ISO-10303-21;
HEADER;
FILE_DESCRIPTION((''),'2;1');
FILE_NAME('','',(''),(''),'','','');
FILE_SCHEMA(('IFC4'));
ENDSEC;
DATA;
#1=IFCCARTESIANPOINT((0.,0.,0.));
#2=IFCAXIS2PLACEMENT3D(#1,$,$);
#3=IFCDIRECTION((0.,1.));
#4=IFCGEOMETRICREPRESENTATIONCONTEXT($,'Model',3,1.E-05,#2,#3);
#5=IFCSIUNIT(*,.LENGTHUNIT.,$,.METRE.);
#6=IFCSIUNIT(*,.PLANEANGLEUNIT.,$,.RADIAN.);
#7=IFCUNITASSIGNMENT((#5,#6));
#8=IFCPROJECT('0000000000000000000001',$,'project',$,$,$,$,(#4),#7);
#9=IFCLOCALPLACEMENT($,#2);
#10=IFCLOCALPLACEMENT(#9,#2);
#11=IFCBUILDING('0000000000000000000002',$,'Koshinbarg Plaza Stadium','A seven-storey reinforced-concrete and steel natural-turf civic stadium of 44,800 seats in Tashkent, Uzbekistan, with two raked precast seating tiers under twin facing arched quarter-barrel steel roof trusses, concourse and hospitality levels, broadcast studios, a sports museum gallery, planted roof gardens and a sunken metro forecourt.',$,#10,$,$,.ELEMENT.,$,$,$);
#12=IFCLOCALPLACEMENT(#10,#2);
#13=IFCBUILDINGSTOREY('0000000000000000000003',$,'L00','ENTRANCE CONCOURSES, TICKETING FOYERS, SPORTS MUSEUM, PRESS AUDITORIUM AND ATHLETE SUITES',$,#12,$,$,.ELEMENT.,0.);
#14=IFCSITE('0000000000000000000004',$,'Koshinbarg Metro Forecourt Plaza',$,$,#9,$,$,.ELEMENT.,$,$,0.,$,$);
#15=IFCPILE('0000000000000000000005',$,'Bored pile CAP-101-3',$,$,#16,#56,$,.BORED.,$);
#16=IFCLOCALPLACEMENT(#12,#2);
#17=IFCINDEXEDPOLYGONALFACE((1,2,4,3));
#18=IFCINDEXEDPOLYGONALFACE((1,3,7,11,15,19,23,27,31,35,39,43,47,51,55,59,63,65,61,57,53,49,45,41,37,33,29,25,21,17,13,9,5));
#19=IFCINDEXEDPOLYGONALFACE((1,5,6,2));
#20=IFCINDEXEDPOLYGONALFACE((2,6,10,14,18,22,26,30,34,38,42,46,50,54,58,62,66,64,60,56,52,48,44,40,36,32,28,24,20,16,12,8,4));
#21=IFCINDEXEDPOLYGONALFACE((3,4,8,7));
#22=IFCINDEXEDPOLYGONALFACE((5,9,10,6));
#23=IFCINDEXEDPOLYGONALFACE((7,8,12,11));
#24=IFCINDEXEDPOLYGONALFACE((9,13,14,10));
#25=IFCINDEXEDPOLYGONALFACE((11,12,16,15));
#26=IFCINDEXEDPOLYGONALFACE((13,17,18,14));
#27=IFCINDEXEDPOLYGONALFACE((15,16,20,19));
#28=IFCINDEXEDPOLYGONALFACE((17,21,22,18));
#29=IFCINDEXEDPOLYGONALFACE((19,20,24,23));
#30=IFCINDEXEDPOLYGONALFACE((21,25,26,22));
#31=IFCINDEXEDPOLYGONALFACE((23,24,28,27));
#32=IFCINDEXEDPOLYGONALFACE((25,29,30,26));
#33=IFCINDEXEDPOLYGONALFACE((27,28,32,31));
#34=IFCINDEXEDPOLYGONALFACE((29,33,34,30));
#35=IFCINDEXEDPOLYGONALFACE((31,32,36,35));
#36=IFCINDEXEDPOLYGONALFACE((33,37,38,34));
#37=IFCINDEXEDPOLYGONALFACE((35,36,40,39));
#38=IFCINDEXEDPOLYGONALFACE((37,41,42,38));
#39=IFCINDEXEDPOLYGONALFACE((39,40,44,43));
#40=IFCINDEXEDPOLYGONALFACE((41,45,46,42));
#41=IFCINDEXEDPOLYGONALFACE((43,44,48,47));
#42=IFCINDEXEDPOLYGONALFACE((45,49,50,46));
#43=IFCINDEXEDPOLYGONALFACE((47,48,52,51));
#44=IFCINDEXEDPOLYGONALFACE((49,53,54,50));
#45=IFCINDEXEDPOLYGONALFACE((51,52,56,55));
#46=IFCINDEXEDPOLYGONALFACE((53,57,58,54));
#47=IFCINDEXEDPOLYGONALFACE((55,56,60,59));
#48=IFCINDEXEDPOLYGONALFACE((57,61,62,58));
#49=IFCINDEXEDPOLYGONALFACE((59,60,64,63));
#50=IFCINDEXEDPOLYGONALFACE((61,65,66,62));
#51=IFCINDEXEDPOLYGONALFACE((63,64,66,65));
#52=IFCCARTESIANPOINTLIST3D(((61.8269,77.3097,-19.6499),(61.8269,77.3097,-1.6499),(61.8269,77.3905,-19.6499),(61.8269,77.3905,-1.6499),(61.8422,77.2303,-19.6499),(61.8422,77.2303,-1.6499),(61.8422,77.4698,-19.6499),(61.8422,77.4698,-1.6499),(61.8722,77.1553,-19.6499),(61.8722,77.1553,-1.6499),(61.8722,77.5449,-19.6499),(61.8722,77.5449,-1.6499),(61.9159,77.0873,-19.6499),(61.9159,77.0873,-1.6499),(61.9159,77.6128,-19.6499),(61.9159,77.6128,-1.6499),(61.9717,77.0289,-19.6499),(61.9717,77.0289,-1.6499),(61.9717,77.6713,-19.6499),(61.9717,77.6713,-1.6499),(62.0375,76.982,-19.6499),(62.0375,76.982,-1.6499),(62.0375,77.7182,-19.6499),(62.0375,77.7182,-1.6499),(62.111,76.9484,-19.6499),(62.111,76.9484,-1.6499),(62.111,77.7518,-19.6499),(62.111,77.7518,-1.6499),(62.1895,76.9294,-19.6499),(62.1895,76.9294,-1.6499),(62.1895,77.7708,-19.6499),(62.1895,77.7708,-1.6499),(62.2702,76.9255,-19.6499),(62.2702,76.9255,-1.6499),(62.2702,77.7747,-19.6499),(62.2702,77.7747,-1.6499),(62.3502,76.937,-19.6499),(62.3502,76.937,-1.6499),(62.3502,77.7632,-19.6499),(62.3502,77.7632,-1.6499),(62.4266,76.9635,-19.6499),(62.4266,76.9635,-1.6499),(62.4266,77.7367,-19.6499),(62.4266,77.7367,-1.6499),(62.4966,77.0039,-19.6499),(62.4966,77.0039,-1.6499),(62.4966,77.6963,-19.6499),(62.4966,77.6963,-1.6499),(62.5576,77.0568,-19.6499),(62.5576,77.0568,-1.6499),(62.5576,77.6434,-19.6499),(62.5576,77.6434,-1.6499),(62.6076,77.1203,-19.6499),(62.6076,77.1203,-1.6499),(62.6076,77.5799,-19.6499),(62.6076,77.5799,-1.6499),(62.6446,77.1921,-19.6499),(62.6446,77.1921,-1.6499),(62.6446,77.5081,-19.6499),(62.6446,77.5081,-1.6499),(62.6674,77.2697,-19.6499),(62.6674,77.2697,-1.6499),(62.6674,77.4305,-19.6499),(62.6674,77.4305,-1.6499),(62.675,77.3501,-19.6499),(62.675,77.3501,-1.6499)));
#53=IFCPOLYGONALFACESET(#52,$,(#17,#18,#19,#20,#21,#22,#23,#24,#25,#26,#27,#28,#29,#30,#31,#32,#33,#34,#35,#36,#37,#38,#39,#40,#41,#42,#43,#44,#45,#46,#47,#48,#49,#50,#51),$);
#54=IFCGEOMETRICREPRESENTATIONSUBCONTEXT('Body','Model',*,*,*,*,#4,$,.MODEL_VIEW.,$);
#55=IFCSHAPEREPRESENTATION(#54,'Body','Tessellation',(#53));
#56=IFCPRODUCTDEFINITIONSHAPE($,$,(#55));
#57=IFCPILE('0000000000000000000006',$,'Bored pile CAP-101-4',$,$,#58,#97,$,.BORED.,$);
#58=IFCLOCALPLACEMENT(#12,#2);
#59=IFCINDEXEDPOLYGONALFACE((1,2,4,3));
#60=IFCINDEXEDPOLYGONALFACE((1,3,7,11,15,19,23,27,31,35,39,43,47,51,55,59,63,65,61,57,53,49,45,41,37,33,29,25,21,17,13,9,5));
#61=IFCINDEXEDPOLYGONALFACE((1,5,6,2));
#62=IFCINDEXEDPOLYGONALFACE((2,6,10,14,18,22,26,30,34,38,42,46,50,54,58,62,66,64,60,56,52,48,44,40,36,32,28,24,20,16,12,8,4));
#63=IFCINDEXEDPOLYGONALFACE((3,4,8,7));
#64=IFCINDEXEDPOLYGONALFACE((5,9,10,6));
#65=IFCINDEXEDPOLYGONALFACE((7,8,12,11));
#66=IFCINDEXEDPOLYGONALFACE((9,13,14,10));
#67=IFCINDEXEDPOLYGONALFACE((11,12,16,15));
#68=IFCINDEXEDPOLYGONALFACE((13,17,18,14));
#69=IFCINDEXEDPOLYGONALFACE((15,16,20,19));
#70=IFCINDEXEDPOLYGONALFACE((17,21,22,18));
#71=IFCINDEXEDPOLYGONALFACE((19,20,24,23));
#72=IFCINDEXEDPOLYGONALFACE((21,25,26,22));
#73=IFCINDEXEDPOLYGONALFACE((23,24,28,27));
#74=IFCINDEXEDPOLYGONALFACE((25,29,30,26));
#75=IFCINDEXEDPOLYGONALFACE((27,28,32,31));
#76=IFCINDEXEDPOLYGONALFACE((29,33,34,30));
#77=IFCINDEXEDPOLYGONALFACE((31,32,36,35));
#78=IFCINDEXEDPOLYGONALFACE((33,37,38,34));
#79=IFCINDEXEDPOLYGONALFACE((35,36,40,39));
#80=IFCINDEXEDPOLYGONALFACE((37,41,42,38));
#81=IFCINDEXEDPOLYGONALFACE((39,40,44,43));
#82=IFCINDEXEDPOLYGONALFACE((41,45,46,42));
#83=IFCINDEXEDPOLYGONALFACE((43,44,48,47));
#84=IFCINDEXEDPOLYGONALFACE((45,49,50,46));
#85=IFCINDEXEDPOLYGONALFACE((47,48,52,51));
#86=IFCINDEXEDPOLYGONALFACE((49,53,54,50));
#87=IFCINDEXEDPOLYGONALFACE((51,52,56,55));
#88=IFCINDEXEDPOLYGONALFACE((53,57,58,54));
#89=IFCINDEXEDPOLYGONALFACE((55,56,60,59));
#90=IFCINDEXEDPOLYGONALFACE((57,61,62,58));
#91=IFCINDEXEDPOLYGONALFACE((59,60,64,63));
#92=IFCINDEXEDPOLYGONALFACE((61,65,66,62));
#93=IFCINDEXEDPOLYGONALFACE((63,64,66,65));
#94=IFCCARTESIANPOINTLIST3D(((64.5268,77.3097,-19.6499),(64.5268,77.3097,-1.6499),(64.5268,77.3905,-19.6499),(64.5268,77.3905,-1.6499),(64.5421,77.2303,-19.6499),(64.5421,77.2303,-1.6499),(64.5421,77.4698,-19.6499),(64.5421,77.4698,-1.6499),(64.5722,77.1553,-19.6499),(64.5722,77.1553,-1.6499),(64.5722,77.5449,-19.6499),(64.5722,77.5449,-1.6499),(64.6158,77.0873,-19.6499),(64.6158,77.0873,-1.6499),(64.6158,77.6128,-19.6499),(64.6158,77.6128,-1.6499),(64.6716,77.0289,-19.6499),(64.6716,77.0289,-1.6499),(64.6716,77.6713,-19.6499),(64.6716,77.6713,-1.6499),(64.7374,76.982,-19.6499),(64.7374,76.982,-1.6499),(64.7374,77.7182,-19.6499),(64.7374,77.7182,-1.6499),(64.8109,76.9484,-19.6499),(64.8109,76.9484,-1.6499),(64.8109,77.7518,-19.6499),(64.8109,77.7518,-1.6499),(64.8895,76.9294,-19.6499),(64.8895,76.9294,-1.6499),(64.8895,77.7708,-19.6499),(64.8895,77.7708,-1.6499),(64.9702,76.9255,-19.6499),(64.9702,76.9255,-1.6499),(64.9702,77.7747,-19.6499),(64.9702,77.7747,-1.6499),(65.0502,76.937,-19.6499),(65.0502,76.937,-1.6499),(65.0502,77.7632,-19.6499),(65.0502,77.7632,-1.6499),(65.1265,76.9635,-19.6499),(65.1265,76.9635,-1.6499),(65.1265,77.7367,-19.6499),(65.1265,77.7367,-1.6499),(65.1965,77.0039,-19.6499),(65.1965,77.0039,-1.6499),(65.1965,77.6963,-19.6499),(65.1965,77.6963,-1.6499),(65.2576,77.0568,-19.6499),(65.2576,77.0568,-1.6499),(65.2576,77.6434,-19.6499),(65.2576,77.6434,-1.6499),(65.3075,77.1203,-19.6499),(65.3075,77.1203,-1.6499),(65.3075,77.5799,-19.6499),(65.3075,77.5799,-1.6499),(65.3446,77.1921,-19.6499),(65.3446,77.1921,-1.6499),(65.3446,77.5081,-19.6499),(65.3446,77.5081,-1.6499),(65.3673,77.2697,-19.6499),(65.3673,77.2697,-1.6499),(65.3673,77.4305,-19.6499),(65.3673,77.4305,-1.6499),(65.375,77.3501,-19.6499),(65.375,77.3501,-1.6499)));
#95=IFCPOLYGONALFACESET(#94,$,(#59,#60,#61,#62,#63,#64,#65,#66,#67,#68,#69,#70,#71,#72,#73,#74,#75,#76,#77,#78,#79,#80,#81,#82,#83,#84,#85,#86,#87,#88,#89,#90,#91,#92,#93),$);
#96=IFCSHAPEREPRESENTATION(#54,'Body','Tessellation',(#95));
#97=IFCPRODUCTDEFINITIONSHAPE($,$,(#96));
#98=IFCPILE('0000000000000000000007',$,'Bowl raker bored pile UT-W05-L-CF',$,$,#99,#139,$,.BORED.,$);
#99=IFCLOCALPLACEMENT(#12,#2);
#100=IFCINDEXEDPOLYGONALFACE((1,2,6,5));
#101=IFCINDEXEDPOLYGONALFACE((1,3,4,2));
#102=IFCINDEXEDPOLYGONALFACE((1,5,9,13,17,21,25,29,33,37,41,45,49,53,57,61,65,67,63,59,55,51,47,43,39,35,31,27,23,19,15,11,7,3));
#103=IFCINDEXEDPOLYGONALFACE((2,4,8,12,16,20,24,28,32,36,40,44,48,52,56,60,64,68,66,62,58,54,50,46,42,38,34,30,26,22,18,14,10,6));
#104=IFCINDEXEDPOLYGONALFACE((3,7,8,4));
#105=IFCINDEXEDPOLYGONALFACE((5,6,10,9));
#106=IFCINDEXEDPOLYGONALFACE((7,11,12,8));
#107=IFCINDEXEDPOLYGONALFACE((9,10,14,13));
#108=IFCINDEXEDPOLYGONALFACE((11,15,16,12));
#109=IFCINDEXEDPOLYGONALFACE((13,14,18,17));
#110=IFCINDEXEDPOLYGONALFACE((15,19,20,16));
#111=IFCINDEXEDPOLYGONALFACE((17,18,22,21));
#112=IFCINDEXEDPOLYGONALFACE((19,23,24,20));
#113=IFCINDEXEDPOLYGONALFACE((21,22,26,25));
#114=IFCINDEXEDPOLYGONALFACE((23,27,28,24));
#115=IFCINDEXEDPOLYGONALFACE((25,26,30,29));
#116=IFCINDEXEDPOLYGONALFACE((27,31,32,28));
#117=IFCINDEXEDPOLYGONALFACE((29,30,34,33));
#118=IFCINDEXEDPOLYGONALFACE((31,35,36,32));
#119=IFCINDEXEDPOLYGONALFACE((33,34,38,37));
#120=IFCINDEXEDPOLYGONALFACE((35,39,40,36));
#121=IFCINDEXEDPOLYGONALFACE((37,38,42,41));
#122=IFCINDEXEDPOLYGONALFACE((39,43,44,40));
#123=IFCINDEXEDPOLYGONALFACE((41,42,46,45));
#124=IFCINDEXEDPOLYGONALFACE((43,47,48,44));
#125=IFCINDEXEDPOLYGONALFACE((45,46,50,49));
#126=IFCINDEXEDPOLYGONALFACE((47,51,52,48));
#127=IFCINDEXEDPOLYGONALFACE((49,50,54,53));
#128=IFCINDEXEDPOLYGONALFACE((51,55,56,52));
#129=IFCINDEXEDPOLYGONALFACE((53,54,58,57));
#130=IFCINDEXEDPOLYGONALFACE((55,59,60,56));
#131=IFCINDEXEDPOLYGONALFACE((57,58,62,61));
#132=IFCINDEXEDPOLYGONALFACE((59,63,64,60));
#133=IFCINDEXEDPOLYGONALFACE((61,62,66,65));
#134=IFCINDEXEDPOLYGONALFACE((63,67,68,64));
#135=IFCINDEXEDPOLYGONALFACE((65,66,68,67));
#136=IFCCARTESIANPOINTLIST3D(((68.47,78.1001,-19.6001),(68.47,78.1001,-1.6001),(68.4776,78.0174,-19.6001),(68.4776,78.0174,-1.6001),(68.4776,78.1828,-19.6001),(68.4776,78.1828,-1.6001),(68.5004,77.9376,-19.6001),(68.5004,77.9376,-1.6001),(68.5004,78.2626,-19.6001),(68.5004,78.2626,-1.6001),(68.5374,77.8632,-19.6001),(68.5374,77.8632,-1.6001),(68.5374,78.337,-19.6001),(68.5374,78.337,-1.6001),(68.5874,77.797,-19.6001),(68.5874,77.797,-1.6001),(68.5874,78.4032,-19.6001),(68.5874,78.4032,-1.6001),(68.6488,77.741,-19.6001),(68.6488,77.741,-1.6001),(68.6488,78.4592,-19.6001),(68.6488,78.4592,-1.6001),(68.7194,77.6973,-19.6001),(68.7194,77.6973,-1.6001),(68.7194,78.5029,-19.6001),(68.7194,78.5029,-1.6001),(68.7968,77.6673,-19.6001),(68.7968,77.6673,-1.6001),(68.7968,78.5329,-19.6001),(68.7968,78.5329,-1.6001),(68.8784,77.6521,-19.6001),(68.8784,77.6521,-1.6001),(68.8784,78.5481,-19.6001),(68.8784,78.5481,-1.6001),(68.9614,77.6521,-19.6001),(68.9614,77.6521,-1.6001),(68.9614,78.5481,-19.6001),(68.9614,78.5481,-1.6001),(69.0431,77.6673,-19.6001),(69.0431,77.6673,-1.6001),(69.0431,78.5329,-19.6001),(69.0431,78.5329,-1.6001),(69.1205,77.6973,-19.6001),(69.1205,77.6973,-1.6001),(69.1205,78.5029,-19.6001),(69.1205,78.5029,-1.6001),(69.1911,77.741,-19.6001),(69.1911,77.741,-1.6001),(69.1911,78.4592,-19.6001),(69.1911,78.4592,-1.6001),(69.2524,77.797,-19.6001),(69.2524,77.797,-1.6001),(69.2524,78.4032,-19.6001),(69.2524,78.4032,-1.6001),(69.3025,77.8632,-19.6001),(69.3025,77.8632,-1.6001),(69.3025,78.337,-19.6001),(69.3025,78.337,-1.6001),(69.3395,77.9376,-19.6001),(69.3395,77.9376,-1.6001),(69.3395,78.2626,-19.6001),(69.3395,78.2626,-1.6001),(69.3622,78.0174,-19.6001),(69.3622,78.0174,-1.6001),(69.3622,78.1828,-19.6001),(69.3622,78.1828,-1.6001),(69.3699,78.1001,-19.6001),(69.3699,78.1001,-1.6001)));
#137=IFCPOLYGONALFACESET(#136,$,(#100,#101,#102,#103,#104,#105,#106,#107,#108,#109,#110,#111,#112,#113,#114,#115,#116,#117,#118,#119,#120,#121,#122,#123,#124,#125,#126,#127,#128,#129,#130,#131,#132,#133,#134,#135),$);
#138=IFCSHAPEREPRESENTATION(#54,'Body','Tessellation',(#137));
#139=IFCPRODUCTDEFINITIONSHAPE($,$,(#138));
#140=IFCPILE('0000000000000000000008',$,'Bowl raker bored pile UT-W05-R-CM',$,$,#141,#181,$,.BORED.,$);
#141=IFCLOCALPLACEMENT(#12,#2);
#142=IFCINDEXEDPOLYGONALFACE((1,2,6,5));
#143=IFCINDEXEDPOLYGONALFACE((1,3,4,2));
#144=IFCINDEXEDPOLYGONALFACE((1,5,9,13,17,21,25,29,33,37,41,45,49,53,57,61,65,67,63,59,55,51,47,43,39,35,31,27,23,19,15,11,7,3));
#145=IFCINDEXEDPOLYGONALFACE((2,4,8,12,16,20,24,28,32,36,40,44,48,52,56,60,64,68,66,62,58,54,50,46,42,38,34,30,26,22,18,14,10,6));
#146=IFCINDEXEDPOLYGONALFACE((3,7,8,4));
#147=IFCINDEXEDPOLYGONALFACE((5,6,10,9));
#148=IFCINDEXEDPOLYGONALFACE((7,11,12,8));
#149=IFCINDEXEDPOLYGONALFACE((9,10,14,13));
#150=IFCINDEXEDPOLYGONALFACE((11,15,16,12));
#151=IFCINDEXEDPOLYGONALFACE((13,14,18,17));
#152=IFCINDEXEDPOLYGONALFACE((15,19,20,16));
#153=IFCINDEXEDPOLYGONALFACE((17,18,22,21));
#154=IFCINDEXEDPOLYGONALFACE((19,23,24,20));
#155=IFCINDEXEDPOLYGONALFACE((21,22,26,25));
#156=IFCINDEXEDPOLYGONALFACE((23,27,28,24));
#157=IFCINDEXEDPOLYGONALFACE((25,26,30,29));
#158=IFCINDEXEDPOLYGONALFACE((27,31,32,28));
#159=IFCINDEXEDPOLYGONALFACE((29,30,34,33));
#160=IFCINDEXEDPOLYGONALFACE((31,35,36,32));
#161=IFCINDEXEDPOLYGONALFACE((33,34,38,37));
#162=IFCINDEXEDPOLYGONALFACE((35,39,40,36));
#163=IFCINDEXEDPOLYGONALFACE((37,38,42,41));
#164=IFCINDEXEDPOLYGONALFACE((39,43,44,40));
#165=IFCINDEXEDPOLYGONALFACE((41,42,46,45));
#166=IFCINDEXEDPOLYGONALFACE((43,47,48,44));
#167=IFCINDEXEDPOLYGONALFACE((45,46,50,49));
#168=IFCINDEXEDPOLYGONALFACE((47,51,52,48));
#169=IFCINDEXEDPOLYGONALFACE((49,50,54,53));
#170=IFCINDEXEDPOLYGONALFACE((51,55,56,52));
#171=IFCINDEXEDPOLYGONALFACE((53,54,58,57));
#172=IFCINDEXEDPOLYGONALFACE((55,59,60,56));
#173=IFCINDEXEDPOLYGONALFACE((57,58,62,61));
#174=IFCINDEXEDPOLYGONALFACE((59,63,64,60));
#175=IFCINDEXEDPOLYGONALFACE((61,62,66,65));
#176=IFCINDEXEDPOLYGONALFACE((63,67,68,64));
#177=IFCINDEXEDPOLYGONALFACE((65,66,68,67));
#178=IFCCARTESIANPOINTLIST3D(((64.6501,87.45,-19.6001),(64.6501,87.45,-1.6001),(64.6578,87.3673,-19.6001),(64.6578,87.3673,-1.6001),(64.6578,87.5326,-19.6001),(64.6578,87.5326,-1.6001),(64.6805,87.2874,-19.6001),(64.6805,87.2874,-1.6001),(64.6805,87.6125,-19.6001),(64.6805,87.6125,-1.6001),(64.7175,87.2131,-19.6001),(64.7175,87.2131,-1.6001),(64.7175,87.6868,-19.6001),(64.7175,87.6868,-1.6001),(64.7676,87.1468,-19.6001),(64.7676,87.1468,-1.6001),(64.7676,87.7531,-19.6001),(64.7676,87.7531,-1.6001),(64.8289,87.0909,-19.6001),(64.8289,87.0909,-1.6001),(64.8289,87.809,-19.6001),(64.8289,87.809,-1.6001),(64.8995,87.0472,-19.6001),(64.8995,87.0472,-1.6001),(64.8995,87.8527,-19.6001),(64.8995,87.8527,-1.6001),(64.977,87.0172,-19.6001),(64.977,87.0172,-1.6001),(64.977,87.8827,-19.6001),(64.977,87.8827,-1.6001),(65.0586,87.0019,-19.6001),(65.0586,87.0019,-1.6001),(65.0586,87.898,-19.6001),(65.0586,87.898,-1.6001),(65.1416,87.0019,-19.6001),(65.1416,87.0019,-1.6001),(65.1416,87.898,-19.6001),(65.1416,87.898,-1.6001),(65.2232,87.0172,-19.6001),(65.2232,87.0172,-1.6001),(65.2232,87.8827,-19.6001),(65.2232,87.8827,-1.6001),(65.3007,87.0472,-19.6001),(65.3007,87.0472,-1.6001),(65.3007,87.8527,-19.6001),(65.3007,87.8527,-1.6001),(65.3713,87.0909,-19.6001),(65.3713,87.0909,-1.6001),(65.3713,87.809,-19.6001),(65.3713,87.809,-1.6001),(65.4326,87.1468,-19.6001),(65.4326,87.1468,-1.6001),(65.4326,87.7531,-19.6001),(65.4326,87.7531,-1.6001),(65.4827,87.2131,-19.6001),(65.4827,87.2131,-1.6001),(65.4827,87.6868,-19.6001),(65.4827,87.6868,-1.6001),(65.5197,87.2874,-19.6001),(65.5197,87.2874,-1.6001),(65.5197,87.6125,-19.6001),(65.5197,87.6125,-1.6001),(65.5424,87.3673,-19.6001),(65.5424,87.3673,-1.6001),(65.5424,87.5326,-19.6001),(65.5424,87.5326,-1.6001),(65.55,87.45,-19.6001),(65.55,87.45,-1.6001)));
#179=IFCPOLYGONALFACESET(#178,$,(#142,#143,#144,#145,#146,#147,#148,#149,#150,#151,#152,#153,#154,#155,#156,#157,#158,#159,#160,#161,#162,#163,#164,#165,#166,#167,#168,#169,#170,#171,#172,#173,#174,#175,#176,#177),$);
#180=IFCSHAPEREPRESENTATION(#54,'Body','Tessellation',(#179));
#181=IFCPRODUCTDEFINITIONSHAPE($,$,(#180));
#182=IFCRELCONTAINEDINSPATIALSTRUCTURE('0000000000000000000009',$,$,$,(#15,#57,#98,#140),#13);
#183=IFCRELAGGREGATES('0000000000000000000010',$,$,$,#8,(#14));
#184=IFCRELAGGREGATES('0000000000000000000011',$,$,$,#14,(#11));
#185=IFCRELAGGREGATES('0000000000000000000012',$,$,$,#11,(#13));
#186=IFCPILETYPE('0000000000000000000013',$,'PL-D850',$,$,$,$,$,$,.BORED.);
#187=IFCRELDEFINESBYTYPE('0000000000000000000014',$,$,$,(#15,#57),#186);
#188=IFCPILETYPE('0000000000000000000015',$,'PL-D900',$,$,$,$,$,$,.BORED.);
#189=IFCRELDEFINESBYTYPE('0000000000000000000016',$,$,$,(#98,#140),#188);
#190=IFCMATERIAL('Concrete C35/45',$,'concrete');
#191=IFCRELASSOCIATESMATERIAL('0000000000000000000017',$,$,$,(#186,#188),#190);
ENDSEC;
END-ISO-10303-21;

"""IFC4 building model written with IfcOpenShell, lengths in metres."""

from ifc_helpers import new_model, si_unit, direction, frame, origin, origin_2d, place, context, subcontext, project, spatial, circle, extrude, material, material_profile, profile_set, type_object, element, save


model = new_model("IFC4")

# Units and contexts
model_context = context("Model", 3, precision=1e-05, world=origin(), true_north=direction((0.0, 1.0)))
body_context = subcontext(model_context, "Body", "Model", "MODEL_VIEW")
ifc_project = project(units=[si_unit("LENGTHUNIT", "METRE"), si_unit("PLANEANGLEUNIT", "RADIAN")], contexts=[model_context])

# Site, building, storey
site_placement = place(None, origin())
site = spatial("IfcSite", under=ifc_project, at=site_placement, Name="Koshinbarg Metro Forecourt Plaza", CompositionType="ELEMENT", RefElevation=0.0)
building_placement = place(site_placement, origin())
building = spatial("IfcBuilding", under=site, at=building_placement, Name="Koshinbarg Plaza Stadium", Description="A seven-storey reinforced-concrete and steel natural-turf civic stadium of 44,800 seats in Tashkent, Uzbekistan, with two raked precast seating tiers under twin facing arched quarter-barrel steel roof trusses, concourse and hospitality levels, broadcast studios, a sports museum gallery, planted roof gardens and a sunken metro forecourt.", CompositionType="ELEMENT")
storey_placement = place(building_placement, origin())
storey = spatial("IfcBuildingStorey", under=building, at=storey_placement, Name="L00", Description="ENTRANCE CONCOURSES, TICKETING FOYERS, SPORTS MUSEUM, PRESS AUDITORIUM AND ATHLETE SUITES", CompositionType="ELEMENT", Elevation=0.0)

# Shared definitions
ifc_material_1 = material(Name="Concrete C35/45", Category="concrete")

# Piles
ifc_material_profile_1 = material_profile(ifc_material_1, circle(Radius=0.425, at=origin_2d()), Name="PILE D850")
ifc_profile_set_1 = profile_set([ifc_material_profile_1], Name="Concrete C35/45")
pile_type_1 = type_object("IfcPileType", Name="PL-D850", PredefinedType="BORED", material=ifc_profile_set_1)
for number, where, z_axis, x_axis, name in (
    (1, (62.25, 77.3501, -1.6499), (0.0, 0.0, -1.0), (1.0, 0.0, 0.0), "Bored pile CAP-101-3"),
    (2, (64.95, 77.3501, -1.6499), (0.0, 0.0, -1.0), (1.0, 0.0, 0.0), "Bored pile CAP-101-4"),
):
    element("IfcPile", number, at=place(storey_placement, frame(where, z_axis=z_axis, x_axis=x_axis)), inside=storey, type_object=pile_type_1, Name=name, PredefinedType="BORED", context=body_context, shape_type="SweptSolid", body=[
        extrude(circle(Radius=0.425, at=origin_2d()), origin(), (0.0, 0.0, 1.0), 18.0),
    ])
ifc_material_profile_2 = material_profile(ifc_material_1, circle(Radius=0.45, at=origin_2d()), Name="PILE D900")
ifc_profile_set_2 = profile_set([ifc_material_profile_2], Name="Concrete C35/45")
pile_type_2 = type_object("IfcPileType", Name="PL-D900", PredefinedType="BORED", material=ifc_profile_set_2)
for number, where, z_axis, x_axis, name in (
    (3, (68.9199, 78.1001, -1.6001), (0.0, 0.0, -1.0), (1.0, 0.0, 0.0), "Bowl raker bored pile UT-W05-L-CF"),
    (4, (65.1001, 87.45, -1.6001), (0.0, 0.0, -1.0), (1.0, 0.0, 0.0), "Bowl raker bored pile UT-W05-R-CM"),
):
    element("IfcPile", number, at=place(storey_placement, frame(where, z_axis=z_axis, x_axis=x_axis)), inside=storey, type_object=pile_type_2, Name=name, PredefinedType="BORED", context=body_context, shape_type="SweptSolid", body=[
        extrude(circle(Radius=0.45, at=origin_2d()), origin(), (0.0, 0.0, 1.0), 18.0),
    ])

save(model, "model.ifc")
